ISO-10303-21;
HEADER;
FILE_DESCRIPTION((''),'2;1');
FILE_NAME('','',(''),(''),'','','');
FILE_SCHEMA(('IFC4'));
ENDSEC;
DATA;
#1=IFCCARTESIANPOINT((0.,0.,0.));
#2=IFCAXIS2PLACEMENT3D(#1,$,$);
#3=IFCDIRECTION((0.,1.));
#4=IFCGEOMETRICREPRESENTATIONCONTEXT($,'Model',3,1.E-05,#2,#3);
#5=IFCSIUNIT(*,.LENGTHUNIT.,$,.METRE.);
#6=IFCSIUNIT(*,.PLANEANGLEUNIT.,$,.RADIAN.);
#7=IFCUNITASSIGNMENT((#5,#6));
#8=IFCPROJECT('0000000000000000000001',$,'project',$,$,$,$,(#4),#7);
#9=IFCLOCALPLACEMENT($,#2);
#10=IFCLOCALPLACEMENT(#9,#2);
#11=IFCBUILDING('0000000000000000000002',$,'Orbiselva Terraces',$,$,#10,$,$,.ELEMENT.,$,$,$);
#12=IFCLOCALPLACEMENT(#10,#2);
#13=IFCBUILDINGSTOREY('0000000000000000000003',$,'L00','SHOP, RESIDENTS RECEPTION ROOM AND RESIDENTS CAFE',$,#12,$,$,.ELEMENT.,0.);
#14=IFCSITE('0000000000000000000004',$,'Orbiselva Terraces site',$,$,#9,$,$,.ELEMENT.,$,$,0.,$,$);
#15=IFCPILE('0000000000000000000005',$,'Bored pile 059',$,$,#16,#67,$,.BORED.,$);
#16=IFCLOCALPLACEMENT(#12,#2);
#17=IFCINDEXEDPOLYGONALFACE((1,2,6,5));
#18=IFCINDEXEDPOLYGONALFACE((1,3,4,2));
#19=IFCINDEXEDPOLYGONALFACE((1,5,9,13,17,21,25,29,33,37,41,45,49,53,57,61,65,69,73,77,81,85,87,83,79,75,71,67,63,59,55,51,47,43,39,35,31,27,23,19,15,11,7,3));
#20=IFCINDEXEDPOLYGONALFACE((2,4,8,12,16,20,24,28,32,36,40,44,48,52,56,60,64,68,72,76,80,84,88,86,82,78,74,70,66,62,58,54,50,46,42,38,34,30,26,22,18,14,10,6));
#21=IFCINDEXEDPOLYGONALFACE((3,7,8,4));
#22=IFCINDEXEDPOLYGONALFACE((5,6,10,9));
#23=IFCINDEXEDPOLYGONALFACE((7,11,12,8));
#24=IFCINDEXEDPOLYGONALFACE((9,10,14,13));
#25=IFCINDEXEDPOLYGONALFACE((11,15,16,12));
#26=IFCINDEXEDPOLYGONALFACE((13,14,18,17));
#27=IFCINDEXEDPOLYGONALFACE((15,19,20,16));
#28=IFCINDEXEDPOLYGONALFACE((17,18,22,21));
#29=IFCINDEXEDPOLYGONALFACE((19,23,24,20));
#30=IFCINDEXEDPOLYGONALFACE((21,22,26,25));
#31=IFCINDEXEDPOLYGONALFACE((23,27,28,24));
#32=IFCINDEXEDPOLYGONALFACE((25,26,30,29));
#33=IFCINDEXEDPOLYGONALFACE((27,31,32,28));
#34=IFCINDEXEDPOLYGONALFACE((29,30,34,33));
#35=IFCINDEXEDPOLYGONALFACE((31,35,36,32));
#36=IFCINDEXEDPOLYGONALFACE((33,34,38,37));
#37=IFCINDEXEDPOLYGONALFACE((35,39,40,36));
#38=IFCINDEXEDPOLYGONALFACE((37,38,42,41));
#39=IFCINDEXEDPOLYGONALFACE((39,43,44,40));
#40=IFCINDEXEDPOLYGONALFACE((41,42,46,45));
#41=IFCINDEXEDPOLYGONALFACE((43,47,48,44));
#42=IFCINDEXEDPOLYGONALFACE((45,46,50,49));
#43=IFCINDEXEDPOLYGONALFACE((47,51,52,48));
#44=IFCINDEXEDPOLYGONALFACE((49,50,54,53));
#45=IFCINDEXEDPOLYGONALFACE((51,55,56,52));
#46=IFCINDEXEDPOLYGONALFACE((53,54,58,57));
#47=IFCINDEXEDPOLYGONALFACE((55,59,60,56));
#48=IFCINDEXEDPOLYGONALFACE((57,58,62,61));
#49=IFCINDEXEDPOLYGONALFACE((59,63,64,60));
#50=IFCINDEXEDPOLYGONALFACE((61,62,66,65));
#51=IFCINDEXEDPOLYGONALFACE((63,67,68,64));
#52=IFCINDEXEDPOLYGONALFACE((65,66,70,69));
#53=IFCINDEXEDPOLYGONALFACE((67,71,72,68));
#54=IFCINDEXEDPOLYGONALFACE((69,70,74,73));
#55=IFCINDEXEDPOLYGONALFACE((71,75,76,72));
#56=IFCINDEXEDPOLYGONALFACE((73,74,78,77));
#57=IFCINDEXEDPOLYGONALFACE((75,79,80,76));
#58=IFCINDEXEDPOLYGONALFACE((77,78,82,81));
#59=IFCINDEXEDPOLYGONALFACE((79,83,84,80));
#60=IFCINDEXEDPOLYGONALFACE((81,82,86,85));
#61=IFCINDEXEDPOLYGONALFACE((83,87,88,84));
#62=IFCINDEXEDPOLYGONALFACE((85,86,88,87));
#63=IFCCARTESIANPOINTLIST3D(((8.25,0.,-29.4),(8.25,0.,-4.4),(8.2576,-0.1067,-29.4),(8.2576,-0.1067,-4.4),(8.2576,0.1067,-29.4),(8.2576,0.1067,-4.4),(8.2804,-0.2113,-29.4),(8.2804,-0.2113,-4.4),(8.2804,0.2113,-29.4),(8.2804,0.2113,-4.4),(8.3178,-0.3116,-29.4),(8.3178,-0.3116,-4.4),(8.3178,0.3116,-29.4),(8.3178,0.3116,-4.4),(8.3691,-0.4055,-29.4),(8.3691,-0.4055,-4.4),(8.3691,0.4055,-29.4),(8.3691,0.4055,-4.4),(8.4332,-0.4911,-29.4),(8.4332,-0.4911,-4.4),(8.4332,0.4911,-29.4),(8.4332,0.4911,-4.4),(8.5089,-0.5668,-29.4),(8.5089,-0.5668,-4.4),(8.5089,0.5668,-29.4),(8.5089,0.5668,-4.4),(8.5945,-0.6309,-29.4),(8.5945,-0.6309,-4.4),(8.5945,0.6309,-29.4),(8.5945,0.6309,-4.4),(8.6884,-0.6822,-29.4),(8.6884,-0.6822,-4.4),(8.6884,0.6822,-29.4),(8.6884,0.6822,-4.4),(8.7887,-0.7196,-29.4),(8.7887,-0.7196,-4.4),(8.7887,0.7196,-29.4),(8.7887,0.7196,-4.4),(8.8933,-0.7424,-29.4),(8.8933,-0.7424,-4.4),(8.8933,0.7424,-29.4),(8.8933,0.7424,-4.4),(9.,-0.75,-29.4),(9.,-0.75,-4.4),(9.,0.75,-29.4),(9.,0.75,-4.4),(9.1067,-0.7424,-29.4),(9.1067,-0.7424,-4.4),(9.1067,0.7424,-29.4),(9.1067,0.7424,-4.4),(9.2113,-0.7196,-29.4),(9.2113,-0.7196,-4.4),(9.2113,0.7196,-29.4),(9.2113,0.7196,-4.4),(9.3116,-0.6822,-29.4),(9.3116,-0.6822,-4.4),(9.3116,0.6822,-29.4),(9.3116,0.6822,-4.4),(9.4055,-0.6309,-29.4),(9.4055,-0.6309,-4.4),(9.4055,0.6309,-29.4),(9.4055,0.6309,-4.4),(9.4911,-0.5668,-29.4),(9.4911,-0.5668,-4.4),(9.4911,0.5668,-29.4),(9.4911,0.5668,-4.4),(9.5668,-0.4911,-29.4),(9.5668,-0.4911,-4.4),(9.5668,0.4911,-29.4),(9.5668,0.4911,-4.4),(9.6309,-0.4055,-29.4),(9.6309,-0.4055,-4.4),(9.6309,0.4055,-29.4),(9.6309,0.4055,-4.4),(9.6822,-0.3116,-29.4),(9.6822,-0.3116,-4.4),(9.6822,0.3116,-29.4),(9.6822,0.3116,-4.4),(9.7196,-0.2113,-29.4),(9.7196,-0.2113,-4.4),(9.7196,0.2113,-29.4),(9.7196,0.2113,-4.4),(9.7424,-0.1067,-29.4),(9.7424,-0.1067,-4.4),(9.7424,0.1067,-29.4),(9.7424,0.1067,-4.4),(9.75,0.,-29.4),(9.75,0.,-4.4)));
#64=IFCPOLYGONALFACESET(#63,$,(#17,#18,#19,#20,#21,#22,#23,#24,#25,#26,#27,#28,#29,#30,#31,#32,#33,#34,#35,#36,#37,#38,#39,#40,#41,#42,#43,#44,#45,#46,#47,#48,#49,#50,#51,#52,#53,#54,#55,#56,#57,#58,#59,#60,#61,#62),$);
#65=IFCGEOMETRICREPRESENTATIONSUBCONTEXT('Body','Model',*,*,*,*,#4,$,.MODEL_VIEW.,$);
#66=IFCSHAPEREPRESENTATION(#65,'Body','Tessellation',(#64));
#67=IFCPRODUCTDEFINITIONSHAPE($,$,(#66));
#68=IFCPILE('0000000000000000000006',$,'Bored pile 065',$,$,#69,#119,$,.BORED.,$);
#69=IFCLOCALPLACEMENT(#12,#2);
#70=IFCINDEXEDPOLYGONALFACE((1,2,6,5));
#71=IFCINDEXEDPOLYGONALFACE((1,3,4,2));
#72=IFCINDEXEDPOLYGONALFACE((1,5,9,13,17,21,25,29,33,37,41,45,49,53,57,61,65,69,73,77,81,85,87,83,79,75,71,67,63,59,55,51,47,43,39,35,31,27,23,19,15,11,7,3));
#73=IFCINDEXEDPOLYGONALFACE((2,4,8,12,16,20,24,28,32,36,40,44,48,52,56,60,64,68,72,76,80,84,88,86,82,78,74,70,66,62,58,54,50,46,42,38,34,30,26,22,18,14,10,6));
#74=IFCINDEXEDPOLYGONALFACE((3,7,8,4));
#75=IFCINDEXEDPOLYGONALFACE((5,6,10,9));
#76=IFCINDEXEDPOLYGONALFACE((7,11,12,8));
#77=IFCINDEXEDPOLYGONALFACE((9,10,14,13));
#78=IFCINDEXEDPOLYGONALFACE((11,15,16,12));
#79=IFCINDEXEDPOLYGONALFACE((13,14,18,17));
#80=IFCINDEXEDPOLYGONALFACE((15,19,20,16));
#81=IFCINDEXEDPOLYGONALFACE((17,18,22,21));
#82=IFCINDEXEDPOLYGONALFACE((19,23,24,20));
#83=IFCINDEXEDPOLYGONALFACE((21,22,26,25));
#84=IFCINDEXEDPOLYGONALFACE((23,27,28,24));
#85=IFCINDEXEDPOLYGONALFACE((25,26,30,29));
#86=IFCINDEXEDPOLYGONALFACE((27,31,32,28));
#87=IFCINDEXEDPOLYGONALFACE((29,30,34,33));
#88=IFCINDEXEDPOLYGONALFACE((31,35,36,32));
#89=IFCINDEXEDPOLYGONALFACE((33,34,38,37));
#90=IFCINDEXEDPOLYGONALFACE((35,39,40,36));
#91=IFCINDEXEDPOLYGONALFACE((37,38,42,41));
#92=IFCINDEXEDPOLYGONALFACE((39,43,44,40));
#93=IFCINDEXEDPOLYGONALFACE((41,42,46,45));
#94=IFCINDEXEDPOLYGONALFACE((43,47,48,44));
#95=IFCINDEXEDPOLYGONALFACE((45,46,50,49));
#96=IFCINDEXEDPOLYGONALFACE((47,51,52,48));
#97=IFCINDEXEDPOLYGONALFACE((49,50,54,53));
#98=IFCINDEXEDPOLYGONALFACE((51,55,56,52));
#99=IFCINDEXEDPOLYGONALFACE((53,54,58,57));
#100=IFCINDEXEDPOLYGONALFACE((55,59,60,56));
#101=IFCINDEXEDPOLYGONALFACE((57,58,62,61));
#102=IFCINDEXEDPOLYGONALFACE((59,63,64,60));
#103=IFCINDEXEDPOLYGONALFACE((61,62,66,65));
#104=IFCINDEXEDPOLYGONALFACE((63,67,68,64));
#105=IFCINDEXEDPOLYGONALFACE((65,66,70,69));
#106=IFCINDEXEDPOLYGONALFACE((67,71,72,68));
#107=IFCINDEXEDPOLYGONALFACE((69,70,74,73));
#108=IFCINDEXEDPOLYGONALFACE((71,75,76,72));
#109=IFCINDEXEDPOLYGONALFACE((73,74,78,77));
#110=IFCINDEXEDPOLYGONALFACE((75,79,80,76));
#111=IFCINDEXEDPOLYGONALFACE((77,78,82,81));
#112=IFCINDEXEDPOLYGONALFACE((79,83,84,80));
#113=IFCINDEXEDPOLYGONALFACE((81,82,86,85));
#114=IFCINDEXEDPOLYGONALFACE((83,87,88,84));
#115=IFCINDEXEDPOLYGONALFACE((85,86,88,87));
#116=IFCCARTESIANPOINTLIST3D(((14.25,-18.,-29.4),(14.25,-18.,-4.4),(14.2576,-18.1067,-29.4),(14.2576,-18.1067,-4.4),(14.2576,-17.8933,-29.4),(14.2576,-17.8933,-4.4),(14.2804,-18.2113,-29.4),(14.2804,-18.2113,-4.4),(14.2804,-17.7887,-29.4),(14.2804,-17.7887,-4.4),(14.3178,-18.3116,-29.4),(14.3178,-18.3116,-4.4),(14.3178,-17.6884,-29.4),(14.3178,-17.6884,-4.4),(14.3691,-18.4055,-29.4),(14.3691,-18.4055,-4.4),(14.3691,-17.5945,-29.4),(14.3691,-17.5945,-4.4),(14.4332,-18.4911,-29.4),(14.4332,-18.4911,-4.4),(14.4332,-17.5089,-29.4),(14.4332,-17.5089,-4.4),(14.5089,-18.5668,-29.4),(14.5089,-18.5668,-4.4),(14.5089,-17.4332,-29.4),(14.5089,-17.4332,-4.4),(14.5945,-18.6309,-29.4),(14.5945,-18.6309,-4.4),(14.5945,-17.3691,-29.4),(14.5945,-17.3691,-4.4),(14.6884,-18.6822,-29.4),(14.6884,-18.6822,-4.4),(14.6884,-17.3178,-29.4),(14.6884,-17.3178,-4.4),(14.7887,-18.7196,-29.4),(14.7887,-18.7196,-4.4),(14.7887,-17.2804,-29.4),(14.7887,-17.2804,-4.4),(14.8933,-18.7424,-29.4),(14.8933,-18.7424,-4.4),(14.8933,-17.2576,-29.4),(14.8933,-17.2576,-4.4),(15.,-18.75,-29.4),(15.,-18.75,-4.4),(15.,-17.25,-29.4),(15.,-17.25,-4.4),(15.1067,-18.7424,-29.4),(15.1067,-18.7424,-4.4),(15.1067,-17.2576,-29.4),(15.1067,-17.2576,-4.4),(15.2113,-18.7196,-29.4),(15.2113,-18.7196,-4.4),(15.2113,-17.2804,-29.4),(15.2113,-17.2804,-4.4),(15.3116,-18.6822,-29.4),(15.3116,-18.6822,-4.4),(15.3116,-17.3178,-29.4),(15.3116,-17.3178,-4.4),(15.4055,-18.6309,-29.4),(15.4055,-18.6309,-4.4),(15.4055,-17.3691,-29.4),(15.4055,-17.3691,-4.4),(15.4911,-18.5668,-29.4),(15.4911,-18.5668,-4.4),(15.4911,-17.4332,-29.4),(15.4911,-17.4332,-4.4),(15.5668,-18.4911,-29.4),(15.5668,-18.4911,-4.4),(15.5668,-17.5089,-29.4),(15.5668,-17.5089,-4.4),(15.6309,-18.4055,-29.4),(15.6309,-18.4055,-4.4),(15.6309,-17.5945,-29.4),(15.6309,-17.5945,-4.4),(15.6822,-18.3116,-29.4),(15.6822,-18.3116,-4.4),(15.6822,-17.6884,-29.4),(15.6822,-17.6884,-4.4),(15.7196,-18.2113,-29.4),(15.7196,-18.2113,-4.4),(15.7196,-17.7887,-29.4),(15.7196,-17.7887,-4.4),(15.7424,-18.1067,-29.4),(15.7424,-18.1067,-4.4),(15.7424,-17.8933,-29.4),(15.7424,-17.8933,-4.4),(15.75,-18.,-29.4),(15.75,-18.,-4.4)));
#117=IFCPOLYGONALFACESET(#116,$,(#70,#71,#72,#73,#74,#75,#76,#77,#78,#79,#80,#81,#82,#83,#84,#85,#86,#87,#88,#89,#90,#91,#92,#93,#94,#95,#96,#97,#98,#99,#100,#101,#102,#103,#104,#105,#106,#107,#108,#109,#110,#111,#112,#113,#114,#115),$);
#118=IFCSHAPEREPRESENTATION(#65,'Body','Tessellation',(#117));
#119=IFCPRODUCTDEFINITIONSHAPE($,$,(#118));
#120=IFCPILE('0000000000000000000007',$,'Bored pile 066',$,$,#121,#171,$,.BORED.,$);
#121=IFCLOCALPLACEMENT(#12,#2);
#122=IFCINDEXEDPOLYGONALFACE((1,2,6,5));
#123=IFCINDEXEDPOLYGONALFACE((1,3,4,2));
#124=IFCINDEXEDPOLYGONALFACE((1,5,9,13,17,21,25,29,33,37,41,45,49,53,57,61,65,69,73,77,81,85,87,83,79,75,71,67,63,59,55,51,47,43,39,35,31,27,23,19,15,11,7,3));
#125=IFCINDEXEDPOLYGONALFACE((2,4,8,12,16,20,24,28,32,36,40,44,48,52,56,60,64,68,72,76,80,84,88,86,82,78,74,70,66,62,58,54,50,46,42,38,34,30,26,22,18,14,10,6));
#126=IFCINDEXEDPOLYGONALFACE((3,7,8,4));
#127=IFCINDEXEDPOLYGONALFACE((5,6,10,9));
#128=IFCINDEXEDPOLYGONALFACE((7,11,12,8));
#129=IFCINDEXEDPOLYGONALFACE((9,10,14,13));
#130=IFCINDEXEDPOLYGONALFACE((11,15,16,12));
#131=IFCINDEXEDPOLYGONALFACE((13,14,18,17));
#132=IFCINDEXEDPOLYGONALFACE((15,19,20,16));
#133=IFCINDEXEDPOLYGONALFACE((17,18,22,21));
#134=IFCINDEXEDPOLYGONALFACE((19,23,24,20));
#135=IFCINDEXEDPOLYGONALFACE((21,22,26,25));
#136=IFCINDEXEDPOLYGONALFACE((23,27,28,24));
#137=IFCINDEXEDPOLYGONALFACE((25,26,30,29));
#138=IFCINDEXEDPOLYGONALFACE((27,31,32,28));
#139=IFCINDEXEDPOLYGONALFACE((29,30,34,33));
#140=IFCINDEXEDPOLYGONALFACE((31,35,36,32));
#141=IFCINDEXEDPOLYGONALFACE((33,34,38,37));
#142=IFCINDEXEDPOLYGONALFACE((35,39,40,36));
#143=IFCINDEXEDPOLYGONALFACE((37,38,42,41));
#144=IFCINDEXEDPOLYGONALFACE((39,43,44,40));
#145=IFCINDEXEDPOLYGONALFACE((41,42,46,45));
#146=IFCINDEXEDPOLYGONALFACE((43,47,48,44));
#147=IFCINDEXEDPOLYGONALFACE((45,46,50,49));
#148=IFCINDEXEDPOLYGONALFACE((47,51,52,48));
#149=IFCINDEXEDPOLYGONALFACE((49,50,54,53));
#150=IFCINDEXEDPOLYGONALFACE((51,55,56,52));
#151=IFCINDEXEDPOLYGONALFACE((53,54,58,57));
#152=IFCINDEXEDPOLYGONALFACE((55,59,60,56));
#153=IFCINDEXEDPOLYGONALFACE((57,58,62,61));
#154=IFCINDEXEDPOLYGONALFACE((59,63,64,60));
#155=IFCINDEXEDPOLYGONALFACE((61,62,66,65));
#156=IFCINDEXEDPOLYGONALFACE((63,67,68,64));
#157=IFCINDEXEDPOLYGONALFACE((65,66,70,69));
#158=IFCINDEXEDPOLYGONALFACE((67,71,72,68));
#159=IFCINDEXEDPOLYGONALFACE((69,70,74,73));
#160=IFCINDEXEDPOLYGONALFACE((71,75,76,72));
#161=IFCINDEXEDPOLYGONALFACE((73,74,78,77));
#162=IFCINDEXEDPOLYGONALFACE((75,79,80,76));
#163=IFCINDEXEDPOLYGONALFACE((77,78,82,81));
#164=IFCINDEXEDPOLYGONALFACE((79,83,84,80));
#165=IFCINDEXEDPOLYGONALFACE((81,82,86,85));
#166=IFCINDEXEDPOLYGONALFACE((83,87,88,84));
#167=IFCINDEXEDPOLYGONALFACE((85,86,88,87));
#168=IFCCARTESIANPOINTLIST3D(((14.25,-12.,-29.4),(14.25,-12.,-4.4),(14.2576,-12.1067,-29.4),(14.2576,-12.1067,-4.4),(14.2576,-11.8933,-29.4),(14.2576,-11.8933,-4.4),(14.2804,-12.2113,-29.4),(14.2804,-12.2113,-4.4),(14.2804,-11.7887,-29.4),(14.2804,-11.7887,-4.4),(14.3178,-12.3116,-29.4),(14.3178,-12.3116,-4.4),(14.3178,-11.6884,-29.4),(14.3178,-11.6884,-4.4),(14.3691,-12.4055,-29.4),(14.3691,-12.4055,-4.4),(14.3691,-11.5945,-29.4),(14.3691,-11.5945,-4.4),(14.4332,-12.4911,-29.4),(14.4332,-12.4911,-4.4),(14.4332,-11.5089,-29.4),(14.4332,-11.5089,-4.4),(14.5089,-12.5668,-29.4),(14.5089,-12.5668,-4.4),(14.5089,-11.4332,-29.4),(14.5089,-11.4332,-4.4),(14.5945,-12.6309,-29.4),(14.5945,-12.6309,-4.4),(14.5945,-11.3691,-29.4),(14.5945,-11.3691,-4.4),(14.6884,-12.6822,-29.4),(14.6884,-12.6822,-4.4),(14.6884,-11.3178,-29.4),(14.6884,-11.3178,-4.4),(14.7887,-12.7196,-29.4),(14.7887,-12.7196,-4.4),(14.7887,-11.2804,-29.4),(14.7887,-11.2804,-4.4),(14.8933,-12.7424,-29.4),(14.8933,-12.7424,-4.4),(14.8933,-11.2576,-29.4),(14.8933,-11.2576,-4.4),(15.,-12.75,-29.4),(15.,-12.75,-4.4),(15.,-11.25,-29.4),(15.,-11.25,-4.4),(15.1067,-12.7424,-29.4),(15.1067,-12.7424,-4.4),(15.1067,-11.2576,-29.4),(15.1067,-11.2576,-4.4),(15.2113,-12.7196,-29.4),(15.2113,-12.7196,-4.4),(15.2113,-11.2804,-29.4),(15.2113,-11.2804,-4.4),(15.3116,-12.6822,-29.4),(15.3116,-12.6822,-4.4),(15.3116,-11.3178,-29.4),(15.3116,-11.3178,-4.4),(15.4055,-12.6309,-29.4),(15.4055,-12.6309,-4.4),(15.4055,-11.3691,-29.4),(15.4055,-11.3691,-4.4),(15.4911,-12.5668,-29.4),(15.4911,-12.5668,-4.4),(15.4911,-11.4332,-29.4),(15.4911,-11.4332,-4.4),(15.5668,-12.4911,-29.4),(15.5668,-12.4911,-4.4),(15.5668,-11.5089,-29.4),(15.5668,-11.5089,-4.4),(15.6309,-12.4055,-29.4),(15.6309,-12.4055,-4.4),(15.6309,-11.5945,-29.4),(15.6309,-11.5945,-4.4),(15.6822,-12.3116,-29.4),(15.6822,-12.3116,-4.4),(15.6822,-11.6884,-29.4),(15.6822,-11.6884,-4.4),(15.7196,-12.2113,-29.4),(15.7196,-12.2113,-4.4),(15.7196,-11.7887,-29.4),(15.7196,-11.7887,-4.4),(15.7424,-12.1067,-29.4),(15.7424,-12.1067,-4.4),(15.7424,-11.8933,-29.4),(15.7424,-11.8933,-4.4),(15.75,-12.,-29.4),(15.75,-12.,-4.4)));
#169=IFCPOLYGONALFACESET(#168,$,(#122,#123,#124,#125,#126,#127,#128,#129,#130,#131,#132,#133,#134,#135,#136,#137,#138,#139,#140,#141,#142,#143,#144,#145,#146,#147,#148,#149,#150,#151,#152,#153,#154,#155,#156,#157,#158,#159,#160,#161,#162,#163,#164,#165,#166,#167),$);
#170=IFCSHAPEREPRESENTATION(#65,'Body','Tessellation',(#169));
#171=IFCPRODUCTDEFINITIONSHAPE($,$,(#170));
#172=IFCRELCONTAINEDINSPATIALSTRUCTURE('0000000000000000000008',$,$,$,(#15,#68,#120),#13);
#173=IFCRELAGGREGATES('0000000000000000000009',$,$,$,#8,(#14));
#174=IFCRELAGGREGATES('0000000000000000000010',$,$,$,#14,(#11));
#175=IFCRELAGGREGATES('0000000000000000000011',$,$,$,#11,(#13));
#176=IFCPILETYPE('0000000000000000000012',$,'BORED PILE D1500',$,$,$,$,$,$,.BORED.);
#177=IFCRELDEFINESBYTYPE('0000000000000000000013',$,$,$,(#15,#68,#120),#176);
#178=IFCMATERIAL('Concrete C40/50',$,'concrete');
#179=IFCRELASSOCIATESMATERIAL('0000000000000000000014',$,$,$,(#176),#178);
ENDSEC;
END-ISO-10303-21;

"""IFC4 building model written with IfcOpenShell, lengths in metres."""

from ifc_helpers import new_model, si_unit, direction, frame, origin, origin_2d, place, context, subcontext, project, spatial, circle, extrude, material, material_profile, profile_set, type_object, element, save


model = new_model("IFC4")

# Units and contexts
model_context = context("Model", 3, precision=1e-05, world=origin(), true_north=direction((0.0, 1.0)))
body_context = subcontext(model_context, "Body", "Model", "MODEL_VIEW")
ifc_project = project(units=[si_unit("LENGTHUNIT", "METRE"), si_unit("PLANEANGLEUNIT", "RADIAN")], contexts=[model_context])

# Site, building, storey
site_placement = place(None, origin())
site = spatial("IfcSite", under=ifc_project, at=site_placement, Name="Orbiselva Terraces site", CompositionType="ELEMENT", RefElevation=0.0)
building_placement = place(site_placement, origin())
building = spatial("IfcBuilding", under=site, at=building_placement, Name="Orbiselva Terraces", CompositionType="ELEMENT")
storey_placement = place(building_placement, origin())
storey = spatial("IfcBuildingStorey", under=building, at=storey_placement, Name="L00", Description="SHOP, RESIDENTS RECEPTION ROOM AND RESIDENTS CAFE", CompositionType="ELEMENT", Elevation=0.0)

# Piles
ifc_material_1 = material(Name="Concrete C40/50", Category="concrete")
ifc_material_profile_1 = material_profile(ifc_material_1, circle(Radius=0.75, at=origin_2d()), Name="D1500")
ifc_profile_set_1 = profile_set([ifc_material_profile_1], Name="Concrete C40/50")
pile_type = type_object("IfcPileType", Name="BORED PILE D1500", PredefinedType="BORED", material=ifc_profile_set_1)
for number, where, z_axis, x_axis, name in (
    (1, (9.0, 0.0, -4.4), (0.0, 0.0, -1.0), (1.0, 0.0, 0.0), "Bored pile 059"),
    (2, (15.0, -18.0, -4.4), (0.0, 0.0, -1.0), (1.0, 0.0, 0.0), "Bored pile 065"),
    (3, (15.0, -12.0, -4.4), (0.0, 0.0, -1.0), (1.0, 0.0, 0.0), "Bored pile 066"),
):
    element("IfcPile", number, at=place(storey_placement, frame(where, z_axis=z_axis, x_axis=x_axis)), inside=storey, type_object=pile_type, Name=name, PredefinedType="BORED", context=body_context, shape_type="SweptSolid", body=[
        extrude(circle(Radius=0.75, at=origin_2d()), origin(), (0.0, 0.0, 1.0), 25.0),
    ])

save(model, "model.ifc")
